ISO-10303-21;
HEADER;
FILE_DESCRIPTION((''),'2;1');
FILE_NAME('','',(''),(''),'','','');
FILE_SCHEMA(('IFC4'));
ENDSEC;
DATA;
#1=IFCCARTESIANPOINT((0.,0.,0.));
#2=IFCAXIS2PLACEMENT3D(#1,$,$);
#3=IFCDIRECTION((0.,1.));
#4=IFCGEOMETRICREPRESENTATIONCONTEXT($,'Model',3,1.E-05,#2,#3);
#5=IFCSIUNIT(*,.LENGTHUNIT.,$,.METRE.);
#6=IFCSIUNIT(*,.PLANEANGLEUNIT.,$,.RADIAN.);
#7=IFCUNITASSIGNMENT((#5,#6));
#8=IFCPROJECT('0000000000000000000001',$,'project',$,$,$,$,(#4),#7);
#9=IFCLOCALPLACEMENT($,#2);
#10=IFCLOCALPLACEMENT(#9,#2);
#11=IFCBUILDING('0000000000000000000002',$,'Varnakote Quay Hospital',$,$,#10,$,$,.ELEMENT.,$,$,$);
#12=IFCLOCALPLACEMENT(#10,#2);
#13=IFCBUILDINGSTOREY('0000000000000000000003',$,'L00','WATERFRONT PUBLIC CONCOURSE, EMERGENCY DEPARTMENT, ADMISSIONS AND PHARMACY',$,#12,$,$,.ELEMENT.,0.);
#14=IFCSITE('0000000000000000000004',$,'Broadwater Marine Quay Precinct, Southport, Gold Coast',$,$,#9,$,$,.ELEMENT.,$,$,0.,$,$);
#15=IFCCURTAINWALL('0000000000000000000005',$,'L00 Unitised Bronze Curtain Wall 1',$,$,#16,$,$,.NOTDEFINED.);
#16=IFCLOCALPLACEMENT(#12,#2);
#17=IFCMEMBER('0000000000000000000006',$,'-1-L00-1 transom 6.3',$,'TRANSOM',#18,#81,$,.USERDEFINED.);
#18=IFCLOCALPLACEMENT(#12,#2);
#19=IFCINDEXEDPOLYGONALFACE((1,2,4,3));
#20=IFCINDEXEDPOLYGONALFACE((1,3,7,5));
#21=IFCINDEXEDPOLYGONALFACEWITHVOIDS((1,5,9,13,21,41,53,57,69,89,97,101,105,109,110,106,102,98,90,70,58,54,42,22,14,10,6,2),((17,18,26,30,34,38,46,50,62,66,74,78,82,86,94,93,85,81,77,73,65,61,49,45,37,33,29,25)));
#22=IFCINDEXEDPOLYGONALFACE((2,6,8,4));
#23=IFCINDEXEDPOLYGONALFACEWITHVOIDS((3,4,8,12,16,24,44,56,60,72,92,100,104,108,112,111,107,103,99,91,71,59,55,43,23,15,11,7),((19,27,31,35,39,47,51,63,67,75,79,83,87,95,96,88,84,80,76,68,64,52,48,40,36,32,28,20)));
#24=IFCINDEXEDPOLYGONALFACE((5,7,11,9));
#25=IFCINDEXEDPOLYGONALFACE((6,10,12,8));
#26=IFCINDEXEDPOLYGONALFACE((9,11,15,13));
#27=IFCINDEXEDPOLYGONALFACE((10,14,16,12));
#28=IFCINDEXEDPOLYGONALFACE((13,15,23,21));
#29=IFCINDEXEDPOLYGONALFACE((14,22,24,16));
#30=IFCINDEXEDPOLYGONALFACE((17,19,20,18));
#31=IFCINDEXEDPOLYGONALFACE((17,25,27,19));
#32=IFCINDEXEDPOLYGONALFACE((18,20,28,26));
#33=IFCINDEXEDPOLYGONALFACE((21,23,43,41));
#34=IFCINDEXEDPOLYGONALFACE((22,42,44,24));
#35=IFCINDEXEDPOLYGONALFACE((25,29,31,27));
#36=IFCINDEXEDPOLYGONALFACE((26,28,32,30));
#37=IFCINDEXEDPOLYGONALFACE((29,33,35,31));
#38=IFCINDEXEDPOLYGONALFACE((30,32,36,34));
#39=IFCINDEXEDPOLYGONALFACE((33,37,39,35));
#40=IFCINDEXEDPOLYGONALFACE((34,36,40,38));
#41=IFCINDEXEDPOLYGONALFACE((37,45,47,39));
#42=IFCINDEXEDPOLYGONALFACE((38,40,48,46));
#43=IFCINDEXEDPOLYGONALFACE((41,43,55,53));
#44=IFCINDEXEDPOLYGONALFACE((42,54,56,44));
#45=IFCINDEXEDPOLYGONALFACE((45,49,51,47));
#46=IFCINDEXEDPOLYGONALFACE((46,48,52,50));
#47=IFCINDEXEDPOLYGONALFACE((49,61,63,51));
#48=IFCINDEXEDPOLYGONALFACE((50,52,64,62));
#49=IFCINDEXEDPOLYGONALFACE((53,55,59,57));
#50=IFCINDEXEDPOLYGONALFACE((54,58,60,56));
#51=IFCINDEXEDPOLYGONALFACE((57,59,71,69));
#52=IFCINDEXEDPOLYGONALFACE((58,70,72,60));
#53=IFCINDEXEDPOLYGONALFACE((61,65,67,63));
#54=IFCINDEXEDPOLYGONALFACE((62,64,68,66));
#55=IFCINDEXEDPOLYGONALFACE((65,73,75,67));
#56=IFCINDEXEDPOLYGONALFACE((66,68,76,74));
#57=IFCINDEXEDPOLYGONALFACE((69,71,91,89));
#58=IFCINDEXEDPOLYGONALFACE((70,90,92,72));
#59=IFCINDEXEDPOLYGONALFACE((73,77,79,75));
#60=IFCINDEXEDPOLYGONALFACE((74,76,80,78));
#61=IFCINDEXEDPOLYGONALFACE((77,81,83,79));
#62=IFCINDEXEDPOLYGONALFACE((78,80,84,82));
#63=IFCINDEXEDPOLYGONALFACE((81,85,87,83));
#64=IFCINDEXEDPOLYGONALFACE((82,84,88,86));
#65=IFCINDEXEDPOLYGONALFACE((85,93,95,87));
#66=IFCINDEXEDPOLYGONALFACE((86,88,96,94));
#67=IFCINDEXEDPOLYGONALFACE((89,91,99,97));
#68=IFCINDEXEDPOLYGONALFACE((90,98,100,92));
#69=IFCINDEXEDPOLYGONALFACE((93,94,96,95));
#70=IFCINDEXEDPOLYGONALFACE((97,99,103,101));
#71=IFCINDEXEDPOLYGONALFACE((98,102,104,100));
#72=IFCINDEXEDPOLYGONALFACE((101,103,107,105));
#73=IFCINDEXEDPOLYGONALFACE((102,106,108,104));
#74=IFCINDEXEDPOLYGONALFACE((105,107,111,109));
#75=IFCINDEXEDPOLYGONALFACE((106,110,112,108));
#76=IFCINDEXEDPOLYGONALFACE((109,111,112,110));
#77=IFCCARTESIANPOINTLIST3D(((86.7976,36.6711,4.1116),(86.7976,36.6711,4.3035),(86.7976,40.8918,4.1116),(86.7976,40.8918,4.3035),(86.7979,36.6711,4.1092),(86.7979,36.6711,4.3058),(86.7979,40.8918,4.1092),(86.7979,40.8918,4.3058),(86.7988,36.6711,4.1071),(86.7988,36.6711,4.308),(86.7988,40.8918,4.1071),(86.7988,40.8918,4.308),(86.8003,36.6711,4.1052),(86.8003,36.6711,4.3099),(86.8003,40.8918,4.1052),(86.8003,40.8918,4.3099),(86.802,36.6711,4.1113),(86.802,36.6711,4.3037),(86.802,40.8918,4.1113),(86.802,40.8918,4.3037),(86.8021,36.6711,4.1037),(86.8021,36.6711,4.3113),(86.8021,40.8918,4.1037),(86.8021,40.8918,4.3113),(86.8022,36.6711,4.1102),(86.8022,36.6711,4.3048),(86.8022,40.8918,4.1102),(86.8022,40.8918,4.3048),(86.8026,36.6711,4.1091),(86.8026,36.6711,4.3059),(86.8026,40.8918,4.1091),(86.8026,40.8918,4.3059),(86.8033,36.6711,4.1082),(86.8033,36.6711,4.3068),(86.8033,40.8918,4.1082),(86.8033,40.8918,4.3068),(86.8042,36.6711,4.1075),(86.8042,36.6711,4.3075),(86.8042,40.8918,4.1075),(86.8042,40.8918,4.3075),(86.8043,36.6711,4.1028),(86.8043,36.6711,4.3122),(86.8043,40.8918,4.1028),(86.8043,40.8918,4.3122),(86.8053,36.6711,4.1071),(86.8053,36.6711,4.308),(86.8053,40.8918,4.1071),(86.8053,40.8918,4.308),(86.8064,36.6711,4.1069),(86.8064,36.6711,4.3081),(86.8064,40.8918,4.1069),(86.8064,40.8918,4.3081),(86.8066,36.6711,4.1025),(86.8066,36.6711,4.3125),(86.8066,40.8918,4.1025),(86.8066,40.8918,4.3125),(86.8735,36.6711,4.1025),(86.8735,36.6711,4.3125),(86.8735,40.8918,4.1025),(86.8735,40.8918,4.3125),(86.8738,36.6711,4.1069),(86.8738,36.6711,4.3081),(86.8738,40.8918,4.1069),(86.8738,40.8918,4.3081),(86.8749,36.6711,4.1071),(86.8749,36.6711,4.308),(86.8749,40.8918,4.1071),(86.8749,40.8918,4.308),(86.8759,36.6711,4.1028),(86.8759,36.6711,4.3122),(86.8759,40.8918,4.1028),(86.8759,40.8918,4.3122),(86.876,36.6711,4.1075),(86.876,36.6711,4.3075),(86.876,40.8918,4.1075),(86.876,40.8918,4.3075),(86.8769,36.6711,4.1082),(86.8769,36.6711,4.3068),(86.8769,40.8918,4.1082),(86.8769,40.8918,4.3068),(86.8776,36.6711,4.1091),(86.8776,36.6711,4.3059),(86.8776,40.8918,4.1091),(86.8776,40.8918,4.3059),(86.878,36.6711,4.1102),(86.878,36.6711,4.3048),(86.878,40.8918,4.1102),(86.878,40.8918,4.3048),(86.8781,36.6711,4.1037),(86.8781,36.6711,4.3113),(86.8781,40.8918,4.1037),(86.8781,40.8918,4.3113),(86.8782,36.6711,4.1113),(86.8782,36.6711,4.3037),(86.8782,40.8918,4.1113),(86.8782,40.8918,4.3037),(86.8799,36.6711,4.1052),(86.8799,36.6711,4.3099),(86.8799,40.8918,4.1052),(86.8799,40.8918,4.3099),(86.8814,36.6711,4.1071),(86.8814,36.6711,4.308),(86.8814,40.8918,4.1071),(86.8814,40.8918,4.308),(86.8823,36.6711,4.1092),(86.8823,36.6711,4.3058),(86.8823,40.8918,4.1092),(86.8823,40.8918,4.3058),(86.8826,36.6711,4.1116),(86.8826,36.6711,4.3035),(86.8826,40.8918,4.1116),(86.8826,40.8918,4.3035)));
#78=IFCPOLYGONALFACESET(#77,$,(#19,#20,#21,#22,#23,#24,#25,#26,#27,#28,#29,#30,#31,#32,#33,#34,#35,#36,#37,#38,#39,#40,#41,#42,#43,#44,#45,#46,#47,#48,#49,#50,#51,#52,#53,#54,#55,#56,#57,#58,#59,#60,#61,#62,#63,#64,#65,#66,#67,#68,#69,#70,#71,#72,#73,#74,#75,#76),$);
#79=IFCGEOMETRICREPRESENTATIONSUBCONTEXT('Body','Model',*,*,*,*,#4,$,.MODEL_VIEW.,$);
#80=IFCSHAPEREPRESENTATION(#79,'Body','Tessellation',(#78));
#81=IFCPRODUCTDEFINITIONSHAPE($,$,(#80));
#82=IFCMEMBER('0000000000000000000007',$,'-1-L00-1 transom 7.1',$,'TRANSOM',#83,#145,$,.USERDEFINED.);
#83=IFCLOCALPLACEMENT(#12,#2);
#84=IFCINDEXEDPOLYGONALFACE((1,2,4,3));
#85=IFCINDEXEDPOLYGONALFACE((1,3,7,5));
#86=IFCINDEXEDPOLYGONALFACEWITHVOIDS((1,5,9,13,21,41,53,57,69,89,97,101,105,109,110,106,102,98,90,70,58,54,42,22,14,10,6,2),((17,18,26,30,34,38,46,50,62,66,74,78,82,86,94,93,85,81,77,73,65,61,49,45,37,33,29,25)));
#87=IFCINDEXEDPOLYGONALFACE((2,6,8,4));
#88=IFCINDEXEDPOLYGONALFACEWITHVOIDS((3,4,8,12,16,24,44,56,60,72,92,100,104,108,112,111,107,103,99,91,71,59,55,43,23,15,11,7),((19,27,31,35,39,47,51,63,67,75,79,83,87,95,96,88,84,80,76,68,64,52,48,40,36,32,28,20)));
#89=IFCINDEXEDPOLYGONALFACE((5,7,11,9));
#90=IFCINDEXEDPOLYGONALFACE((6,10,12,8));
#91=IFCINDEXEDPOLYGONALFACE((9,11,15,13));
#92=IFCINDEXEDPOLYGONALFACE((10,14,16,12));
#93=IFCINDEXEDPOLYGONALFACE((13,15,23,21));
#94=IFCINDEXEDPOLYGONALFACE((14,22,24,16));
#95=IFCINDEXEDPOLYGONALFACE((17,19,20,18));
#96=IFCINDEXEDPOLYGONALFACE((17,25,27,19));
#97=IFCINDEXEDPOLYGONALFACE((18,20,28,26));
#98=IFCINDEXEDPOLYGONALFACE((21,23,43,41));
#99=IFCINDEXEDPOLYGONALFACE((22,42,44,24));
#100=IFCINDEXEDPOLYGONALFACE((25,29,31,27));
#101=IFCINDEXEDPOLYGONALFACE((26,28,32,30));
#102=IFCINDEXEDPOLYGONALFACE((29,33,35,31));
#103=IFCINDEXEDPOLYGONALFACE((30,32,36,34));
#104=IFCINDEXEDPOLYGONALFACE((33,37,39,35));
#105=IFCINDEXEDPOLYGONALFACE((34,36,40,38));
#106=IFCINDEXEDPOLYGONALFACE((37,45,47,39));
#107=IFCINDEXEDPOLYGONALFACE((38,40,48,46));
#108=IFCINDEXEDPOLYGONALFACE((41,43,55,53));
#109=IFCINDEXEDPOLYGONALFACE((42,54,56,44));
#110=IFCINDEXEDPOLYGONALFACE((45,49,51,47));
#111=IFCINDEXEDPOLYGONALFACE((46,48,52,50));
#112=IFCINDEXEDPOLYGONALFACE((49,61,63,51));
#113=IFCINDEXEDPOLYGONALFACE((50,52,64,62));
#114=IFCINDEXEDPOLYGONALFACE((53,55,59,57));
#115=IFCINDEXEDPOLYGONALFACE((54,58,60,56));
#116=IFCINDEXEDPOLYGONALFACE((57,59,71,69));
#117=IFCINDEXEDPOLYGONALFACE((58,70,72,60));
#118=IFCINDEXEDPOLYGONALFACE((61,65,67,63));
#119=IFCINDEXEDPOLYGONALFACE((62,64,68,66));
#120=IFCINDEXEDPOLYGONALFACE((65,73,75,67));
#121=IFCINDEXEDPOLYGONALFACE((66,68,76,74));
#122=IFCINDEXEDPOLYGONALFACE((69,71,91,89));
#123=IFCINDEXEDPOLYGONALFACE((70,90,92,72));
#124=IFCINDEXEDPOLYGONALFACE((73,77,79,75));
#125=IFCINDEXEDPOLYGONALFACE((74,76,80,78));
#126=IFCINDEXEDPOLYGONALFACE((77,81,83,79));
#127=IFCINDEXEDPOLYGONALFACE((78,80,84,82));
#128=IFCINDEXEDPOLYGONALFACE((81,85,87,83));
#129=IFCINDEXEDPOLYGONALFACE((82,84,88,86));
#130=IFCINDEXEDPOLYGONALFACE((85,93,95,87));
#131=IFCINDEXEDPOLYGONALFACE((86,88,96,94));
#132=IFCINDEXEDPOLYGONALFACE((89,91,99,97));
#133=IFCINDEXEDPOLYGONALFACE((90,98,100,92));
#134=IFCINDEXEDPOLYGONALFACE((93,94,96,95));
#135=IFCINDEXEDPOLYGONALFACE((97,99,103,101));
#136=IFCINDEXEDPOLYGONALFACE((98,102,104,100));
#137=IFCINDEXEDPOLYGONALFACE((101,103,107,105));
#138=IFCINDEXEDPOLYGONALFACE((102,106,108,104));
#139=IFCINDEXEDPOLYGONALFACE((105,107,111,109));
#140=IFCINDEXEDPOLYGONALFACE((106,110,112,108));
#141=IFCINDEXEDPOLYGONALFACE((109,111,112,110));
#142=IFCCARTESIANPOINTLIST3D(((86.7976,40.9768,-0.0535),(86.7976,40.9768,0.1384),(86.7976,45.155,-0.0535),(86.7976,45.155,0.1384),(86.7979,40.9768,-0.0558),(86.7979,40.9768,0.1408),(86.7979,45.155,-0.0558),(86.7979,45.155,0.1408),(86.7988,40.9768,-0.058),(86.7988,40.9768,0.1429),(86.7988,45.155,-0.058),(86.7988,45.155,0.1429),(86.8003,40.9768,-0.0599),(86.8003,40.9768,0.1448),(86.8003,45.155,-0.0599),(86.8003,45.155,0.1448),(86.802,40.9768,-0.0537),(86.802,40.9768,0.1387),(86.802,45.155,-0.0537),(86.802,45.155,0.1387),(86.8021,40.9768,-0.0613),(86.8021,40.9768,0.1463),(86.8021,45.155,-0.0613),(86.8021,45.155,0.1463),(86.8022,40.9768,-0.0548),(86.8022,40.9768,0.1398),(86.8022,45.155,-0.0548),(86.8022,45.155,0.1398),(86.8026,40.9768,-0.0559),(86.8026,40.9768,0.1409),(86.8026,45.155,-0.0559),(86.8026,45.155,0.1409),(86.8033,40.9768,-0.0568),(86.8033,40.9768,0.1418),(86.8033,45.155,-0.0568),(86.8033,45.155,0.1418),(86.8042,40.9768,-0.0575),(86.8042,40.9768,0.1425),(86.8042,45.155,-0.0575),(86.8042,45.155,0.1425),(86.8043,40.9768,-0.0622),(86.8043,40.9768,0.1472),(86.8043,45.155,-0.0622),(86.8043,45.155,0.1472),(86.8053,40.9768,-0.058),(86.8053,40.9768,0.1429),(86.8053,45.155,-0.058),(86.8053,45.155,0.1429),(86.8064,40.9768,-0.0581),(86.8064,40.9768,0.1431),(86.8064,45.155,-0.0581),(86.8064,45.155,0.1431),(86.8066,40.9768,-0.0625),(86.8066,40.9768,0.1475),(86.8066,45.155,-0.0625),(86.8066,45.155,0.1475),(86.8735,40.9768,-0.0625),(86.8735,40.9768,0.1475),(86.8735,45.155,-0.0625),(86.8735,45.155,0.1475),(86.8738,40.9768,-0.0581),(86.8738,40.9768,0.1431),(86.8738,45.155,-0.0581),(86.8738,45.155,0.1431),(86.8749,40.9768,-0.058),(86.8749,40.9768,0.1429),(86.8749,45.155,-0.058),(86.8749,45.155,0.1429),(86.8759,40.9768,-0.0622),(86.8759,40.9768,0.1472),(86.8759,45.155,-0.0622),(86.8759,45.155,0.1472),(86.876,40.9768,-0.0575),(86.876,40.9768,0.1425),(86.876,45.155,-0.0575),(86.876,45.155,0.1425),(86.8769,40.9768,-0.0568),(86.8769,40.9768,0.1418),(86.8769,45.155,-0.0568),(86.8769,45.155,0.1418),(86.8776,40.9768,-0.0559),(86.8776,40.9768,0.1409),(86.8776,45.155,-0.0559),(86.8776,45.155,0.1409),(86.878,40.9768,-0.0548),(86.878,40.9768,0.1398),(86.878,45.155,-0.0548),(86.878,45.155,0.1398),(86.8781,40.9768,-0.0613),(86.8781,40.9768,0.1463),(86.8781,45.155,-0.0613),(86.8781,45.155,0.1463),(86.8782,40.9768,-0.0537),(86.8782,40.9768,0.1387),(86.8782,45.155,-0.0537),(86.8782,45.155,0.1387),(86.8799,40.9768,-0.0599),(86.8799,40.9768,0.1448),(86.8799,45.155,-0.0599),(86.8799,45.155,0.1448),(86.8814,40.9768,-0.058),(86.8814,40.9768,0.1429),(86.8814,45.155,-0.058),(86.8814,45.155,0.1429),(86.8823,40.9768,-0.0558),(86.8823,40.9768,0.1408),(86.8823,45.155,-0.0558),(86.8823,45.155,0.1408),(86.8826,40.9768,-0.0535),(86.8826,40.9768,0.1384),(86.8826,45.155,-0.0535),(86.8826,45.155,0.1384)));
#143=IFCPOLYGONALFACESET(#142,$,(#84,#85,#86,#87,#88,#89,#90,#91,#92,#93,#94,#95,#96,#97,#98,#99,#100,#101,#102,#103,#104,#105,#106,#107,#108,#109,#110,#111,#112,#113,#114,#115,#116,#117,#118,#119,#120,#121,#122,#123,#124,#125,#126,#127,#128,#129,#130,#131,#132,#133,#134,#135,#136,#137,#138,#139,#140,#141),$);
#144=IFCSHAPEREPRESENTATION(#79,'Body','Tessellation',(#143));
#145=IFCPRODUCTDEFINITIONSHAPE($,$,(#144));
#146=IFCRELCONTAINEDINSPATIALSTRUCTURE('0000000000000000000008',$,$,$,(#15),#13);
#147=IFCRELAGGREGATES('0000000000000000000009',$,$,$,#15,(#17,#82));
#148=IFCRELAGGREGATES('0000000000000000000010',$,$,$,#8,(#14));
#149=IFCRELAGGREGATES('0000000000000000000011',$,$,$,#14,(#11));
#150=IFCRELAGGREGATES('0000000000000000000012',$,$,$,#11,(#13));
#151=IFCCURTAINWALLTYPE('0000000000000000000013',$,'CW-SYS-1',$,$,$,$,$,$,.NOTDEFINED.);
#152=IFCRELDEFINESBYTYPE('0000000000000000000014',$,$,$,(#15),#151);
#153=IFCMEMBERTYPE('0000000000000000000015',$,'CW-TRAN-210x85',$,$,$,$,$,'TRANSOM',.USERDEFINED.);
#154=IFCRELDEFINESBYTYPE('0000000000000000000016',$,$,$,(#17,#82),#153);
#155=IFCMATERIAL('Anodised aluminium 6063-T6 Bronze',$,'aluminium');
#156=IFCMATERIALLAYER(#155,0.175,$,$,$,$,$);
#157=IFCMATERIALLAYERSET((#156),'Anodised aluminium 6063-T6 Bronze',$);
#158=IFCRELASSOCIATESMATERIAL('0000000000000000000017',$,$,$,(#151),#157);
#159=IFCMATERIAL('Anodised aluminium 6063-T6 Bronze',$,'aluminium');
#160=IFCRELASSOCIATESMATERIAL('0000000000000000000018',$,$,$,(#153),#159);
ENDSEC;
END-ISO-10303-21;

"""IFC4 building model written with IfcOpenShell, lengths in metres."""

from ifc_helpers import new_model, si_unit, direction, frame, origin, origin_2d, place, context, subcontext, project, spatial, hollow_rectangle, extrude, material, layer, layer_set, material_profile, profile_set, type_object, element, aggregate, save


model = new_model("IFC4")

# Units and contexts
model_context = context("Model", 3, precision=1e-05, world=origin(), true_north=direction((0.0, 1.0)))
body_context = subcontext(model_context, "Body", "Model", "MODEL_VIEW")
ifc_project = project(units=[si_unit("LENGTHUNIT", "METRE"), si_unit("PLANEANGLEUNIT", "RADIAN")], contexts=[model_context])

# Site, building, storey
site_placement = place(None, origin())
site = spatial("IfcSite", under=ifc_project, at=site_placement, Name="Broadwater Marine Quay Precinct, Southport, Gold Coast", CompositionType="ELEMENT", RefElevation=0.0)
building_placement = place(site_placement, origin())
building = spatial("IfcBuilding", under=site, at=building_placement, Name="Varnakote Quay Hospital", CompositionType="ELEMENT")
storey_placement = place(building_placement, origin())
storey = spatial("IfcBuildingStorey", under=building, at=storey_placement, Name="L00", Description="WATERFRONT PUBLIC CONCOURSE, EMERGENCY DEPARTMENT, ADMISSIONS AND PHARMACY", CompositionType="ELEMENT", Elevation=0.0)

# Curtain wall, members
ifc_material_1 = material(Name="Anodised aluminium 6063-T6 Bronze", Category="aluminium")
ifc_layer_1 = layer(ifc_material_1, 0.175)
ifc_layer_set_1 = layer_set([ifc_layer_1], Name="Anodised aluminium 6063-T6 Bronze")
curtain_wall_type = type_object("IfcCurtainWallType", Name="CW-SYS-1", PredefinedType="NOTDEFINED", material=ifc_layer_set_1)
curtain_wall_placement = place(storey_placement, origin())
curtain_wall = element("IfcCurtainWall", 1, at=curtain_wall_placement, inside=storey, type_object=curtain_wall_type, Name="L00 Unitised Bronze Curtain Wall 1", PredefinedType="NOTDEFINED")
ifc_material_2 = material(Name="Anodised aluminium 6063-T6 Bronze", Category="aluminium")
ifc_material_profile_1 = material_profile(ifc_material_2, hollow_rectangle(XDim=0.085, YDim=0.21, WallThickness=0.0044, InnerFilletRadius=0.0044, OuterFilletRadius=0.009, at=origin_2d()), Name="CW-TRAN-210x85")
ifc_profile_set_1 = profile_set([ifc_material_profile_1], Name="Anodised aluminium 6063-T6 Bronze")
member_type_1 = type_object("IfcMemberType", Name="CW-TRAN-210x85", ElementType="TRANSOM", PredefinedType="USERDEFINED", material=ifc_profile_set_1)
member_1_placement = place(storey_placement, frame((86.8401, 36.6711, 4.2075), z_axis=(0.0, 1.0, 0.0), x_axis=(-1.0, 0.0, 0.0)))
member_1 = element("IfcMember", 2, at=member_1_placement, type_object=member_type_1, Name="-1-L00-1 transom 6.3", ObjectType="TRANSOM", PredefinedType="USERDEFINED", context=body_context, shape_type="SweptSolid", body=[
    extrude(hollow_rectangle(XDim=0.085, YDim=0.21, WallThickness=0.0044, InnerFilletRadius=0.0044, OuterFilletRadius=0.009, at=origin_2d()), origin(), (0.0, 0.0, 1.0), 4.2207),
])
member_2_placement = place(storey_placement, frame((86.8401, 40.9768, 0.0425), z_axis=(0.0, 1.0, 0.0), x_axis=(-1.0, 0.0, 0.0)))
member_2 = element("IfcMember", 3, at=member_2_placement, type_object=member_type_1, Name="-1-L00-1 transom 7.1", ObjectType="TRANSOM", PredefinedType="USERDEFINED", context=body_context, shape_type="SweptSolid", body=[
    extrude(hollow_rectangle(XDim=0.085, YDim=0.21, WallThickness=0.0044, InnerFilletRadius=0.0044, OuterFilletRadius=0.009, at=origin_2d()), origin(), (0.0, 0.0, 1.0), 4.1782),
])

aggregate(curtain_wall, [member_1, member_2])

save(model, "model.ifc")
